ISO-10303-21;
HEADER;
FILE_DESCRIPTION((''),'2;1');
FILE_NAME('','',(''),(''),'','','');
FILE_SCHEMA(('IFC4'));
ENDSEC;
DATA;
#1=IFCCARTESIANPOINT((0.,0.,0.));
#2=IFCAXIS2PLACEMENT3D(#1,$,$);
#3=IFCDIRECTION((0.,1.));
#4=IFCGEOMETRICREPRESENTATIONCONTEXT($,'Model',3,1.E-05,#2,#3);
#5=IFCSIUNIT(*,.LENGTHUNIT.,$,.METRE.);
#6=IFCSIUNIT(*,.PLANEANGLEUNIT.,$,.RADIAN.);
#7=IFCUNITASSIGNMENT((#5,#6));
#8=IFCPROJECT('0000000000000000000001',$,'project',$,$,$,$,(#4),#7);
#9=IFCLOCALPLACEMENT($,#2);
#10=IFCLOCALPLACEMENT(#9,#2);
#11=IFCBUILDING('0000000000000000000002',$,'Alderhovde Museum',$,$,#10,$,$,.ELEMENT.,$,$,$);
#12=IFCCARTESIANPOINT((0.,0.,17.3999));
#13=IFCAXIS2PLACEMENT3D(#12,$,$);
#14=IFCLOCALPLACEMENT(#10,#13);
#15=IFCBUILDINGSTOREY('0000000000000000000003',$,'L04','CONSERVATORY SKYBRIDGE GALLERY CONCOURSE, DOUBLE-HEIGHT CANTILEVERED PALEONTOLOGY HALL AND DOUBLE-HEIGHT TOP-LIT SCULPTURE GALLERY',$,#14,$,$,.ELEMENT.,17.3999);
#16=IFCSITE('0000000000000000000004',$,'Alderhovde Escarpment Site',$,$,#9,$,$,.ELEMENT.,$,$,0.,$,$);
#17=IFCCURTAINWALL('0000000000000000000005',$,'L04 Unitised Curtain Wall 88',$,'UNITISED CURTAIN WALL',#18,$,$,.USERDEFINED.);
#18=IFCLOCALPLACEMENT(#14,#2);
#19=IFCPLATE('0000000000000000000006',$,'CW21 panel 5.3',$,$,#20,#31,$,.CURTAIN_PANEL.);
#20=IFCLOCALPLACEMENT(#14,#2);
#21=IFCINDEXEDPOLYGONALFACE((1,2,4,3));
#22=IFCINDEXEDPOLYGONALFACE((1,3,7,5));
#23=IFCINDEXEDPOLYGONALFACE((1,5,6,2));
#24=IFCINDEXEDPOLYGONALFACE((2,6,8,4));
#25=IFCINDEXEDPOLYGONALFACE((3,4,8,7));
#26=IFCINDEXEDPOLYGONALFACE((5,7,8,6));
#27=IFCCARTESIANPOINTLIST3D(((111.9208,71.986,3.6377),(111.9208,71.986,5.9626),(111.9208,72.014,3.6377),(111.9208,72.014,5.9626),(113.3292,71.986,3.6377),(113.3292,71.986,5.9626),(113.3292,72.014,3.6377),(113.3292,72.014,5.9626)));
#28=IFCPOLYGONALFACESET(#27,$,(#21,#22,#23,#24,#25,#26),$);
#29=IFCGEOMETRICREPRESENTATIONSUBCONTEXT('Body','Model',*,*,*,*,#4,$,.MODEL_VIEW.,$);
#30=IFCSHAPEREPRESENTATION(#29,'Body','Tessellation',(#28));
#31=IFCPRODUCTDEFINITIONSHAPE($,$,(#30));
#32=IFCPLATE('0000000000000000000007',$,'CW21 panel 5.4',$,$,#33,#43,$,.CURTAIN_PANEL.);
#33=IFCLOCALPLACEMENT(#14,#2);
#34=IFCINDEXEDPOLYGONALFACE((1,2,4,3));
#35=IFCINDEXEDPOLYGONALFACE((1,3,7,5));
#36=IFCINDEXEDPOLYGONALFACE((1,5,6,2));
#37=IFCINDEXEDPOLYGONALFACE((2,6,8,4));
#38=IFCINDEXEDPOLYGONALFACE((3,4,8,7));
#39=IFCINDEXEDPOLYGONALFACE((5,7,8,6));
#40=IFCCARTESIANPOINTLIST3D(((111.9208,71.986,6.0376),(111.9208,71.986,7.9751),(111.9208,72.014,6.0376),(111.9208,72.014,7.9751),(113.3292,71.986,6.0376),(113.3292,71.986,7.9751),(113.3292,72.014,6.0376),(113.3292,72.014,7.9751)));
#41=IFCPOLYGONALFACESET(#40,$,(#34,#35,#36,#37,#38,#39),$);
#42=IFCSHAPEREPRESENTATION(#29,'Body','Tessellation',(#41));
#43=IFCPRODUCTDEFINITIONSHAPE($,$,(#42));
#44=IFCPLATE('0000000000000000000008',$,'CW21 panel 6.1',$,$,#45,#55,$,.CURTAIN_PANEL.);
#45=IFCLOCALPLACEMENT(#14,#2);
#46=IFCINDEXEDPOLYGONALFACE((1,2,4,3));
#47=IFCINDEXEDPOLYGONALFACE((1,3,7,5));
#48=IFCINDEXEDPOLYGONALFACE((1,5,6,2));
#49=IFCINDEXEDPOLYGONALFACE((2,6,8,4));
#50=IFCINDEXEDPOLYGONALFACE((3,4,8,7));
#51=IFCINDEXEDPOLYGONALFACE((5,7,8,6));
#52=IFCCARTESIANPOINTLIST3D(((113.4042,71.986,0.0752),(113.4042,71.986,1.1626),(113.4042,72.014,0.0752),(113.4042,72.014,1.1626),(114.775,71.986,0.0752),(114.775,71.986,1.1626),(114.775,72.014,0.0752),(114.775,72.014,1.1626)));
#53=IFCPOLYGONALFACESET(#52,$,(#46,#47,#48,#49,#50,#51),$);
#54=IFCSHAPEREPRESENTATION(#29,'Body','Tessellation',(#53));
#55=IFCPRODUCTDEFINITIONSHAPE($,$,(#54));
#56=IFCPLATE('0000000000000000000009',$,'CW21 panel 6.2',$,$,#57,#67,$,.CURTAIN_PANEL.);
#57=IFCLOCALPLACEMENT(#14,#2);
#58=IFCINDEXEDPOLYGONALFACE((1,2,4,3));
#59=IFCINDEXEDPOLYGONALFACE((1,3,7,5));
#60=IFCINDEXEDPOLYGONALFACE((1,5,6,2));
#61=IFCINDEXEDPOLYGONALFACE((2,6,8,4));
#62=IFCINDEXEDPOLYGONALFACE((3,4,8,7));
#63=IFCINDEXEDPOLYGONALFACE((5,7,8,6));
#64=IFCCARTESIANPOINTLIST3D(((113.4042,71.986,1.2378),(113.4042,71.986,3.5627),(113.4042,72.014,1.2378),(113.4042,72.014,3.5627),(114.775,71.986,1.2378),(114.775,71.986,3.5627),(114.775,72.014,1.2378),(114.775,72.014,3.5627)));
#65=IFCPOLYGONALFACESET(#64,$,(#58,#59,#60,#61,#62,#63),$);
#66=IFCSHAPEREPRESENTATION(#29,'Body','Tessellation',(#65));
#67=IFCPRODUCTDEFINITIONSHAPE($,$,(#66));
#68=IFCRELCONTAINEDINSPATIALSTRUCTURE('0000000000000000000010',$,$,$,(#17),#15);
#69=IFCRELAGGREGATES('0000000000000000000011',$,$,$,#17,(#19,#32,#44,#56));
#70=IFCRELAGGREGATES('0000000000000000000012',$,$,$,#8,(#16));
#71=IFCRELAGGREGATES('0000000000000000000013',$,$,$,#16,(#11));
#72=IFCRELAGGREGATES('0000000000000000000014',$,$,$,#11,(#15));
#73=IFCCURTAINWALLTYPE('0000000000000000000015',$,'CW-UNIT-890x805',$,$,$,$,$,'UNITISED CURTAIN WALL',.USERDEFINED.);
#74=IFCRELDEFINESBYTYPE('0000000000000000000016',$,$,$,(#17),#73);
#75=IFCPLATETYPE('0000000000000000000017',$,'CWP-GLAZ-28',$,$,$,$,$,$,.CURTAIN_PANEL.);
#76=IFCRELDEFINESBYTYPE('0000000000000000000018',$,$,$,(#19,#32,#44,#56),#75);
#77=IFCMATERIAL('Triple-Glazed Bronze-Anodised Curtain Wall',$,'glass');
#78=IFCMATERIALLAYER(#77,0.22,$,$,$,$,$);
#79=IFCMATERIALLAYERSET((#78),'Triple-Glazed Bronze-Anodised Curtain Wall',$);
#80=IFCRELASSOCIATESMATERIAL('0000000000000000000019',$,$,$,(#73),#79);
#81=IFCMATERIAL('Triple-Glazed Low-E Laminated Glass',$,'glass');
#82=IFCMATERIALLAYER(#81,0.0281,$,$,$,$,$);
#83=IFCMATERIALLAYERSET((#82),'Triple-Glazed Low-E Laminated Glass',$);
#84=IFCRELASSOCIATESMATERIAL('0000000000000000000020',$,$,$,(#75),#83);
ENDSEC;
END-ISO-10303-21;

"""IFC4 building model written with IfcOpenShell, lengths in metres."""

from ifc_helpers import new_model, si_unit, direction, frame, origin, origin_2d, place, context, subcontext, project, spatial, rectangle, extrude, material, layer, layer_set, type_object, element, aggregate, save


model = new_model("IFC4")

# Units and contexts
model_context = context("Model", 3, precision=1e-05, world=origin(), true_north=direction((0.0, 1.0)))
body_context = subcontext(model_context, "Body", "Model", "MODEL_VIEW")
ifc_project = project(units=[si_unit("LENGTHUNIT", "METRE"), si_unit("PLANEANGLEUNIT", "RADIAN")], contexts=[model_context])

# Site, building, storey
site_placement = place(None, origin())
site = spatial("IfcSite", under=ifc_project, at=site_placement, Name="Alderhovde Escarpment Site", CompositionType="ELEMENT", RefElevation=0.0)
building_placement = place(site_placement, origin())
building = spatial("IfcBuilding", under=site, at=building_placement, Name="Alderhovde Museum", CompositionType="ELEMENT")
storey_placement = place(building_placement, frame((0.0, 0.0, 17.3999)))
storey = spatial("IfcBuildingStorey", under=building, at=storey_placement, Name="L04", Description="CONSERVATORY SKYBRIDGE GALLERY CONCOURSE, DOUBLE-HEIGHT CANTILEVERED PALEONTOLOGY HALL AND DOUBLE-HEIGHT TOP-LIT SCULPTURE GALLERY", CompositionType="ELEMENT", Elevation=17.3999)

# Curtain wall, plates
ifc_material_1 = material(Name="Triple-Glazed Bronze-Anodised Curtain Wall", Category="glass")
ifc_layer_1 = layer(ifc_material_1, 0.22)
ifc_layer_set_1 = layer_set([ifc_layer_1], Name="Triple-Glazed Bronze-Anodised Curtain Wall")
curtain_wall_type = type_object("IfcCurtainWallType", Name="CW-UNIT-890x805", ElementType="UNITISED CURTAIN WALL", PredefinedType="USERDEFINED", material=ifc_layer_set_1)
curtain_wall_placement = place(storey_placement, origin())
curtain_wall = element("IfcCurtainWall", 1, at=curtain_wall_placement, inside=storey, type_object=curtain_wall_type, Name="L04 Unitised Curtain Wall 88", ObjectType="UNITISED CURTAIN WALL", PredefinedType="USERDEFINED")
ifc_material_2 = material(Name="Triple-Glazed Low-E Laminated Glass", Category="glass")
ifc_layer_2 = layer(ifc_material_2, 0.0281)
ifc_layer_set_2 = layer_set([ifc_layer_2], Name="Triple-Glazed Low-E Laminated Glass")
plate_type = type_object("IfcPlateType", Name="CWP-GLAZ-28", PredefinedType="CURTAIN_PANEL", material=ifc_layer_set_2)
plate_1_placement = place(storey_placement, frame((112.625, 72.0, 3.6377), z_axis=(0.0, 0.0, 1.0), x_axis=(1.0, 0.0, 0.0)))
plate_1 = element("IfcPlate", 2, at=plate_1_placement, type_object=plate_type, Name="CW21 panel 5.3", PredefinedType="CURTAIN_PANEL", context=body_context, shape_type="SweptSolid", body=[
    extrude(rectangle(XDim=1.4084, YDim=0.0281, at=origin_2d()), origin(), (0.0, 0.0, 1.0), 2.325),
])
plate_2_placement = place(storey_placement, frame((112.625, 72.0, 6.0376), z_axis=(0.0, 0.0, 1.0), x_axis=(1.0, 0.0, 0.0)))
plate_2 = element("IfcPlate", 3, at=plate_2_placement, type_object=plate_type, Name="CW21 panel 5.4", PredefinedType="CURTAIN_PANEL", context=body_context, shape_type="SweptSolid", body=[
    extrude(rectangle(XDim=1.4084, YDim=0.0281, at=origin_2d()), origin(), (0.0, 0.0, 1.0), 1.9375),
])
plate_3_placement = place(storey_placement, frame((114.0896, 72.0, 0.0752), z_axis=(0.0, 0.0, 1.0), x_axis=(1.0, 0.0, 0.0)))
plate_3 = element("IfcPlate", 4, at=plate_3_placement, type_object=plate_type, Name="CW21 panel 6.1", PredefinedType="CURTAIN_PANEL", context=body_context, shape_type="SweptSolid", body=[
    extrude(rectangle(XDim=1.3708, YDim=0.0281, at=origin_2d()), origin(), (0.0, 0.0, 1.0), 1.0874),
])
plate_4_placement = place(storey_placement, frame((114.0896, 72.0, 1.2378), z_axis=(0.0, 0.0, 1.0), x_axis=(1.0, 0.0, 0.0)))
plate_4 = element("IfcPlate", 5, at=plate_4_placement, type_object=plate_type, Name="CW21 panel 6.2", PredefinedType="CURTAIN_PANEL", context=body_context, shape_type="SweptSolid", body=[
    extrude(rectangle(XDim=1.3708, YDim=0.0281, at=origin_2d()), origin(), (0.0, 0.0, 1.0), 2.325),
])
aggregate(curtain_wall, [plate_1, plate_2, plate_3, plate_4])

save(model, "model.ifc")
